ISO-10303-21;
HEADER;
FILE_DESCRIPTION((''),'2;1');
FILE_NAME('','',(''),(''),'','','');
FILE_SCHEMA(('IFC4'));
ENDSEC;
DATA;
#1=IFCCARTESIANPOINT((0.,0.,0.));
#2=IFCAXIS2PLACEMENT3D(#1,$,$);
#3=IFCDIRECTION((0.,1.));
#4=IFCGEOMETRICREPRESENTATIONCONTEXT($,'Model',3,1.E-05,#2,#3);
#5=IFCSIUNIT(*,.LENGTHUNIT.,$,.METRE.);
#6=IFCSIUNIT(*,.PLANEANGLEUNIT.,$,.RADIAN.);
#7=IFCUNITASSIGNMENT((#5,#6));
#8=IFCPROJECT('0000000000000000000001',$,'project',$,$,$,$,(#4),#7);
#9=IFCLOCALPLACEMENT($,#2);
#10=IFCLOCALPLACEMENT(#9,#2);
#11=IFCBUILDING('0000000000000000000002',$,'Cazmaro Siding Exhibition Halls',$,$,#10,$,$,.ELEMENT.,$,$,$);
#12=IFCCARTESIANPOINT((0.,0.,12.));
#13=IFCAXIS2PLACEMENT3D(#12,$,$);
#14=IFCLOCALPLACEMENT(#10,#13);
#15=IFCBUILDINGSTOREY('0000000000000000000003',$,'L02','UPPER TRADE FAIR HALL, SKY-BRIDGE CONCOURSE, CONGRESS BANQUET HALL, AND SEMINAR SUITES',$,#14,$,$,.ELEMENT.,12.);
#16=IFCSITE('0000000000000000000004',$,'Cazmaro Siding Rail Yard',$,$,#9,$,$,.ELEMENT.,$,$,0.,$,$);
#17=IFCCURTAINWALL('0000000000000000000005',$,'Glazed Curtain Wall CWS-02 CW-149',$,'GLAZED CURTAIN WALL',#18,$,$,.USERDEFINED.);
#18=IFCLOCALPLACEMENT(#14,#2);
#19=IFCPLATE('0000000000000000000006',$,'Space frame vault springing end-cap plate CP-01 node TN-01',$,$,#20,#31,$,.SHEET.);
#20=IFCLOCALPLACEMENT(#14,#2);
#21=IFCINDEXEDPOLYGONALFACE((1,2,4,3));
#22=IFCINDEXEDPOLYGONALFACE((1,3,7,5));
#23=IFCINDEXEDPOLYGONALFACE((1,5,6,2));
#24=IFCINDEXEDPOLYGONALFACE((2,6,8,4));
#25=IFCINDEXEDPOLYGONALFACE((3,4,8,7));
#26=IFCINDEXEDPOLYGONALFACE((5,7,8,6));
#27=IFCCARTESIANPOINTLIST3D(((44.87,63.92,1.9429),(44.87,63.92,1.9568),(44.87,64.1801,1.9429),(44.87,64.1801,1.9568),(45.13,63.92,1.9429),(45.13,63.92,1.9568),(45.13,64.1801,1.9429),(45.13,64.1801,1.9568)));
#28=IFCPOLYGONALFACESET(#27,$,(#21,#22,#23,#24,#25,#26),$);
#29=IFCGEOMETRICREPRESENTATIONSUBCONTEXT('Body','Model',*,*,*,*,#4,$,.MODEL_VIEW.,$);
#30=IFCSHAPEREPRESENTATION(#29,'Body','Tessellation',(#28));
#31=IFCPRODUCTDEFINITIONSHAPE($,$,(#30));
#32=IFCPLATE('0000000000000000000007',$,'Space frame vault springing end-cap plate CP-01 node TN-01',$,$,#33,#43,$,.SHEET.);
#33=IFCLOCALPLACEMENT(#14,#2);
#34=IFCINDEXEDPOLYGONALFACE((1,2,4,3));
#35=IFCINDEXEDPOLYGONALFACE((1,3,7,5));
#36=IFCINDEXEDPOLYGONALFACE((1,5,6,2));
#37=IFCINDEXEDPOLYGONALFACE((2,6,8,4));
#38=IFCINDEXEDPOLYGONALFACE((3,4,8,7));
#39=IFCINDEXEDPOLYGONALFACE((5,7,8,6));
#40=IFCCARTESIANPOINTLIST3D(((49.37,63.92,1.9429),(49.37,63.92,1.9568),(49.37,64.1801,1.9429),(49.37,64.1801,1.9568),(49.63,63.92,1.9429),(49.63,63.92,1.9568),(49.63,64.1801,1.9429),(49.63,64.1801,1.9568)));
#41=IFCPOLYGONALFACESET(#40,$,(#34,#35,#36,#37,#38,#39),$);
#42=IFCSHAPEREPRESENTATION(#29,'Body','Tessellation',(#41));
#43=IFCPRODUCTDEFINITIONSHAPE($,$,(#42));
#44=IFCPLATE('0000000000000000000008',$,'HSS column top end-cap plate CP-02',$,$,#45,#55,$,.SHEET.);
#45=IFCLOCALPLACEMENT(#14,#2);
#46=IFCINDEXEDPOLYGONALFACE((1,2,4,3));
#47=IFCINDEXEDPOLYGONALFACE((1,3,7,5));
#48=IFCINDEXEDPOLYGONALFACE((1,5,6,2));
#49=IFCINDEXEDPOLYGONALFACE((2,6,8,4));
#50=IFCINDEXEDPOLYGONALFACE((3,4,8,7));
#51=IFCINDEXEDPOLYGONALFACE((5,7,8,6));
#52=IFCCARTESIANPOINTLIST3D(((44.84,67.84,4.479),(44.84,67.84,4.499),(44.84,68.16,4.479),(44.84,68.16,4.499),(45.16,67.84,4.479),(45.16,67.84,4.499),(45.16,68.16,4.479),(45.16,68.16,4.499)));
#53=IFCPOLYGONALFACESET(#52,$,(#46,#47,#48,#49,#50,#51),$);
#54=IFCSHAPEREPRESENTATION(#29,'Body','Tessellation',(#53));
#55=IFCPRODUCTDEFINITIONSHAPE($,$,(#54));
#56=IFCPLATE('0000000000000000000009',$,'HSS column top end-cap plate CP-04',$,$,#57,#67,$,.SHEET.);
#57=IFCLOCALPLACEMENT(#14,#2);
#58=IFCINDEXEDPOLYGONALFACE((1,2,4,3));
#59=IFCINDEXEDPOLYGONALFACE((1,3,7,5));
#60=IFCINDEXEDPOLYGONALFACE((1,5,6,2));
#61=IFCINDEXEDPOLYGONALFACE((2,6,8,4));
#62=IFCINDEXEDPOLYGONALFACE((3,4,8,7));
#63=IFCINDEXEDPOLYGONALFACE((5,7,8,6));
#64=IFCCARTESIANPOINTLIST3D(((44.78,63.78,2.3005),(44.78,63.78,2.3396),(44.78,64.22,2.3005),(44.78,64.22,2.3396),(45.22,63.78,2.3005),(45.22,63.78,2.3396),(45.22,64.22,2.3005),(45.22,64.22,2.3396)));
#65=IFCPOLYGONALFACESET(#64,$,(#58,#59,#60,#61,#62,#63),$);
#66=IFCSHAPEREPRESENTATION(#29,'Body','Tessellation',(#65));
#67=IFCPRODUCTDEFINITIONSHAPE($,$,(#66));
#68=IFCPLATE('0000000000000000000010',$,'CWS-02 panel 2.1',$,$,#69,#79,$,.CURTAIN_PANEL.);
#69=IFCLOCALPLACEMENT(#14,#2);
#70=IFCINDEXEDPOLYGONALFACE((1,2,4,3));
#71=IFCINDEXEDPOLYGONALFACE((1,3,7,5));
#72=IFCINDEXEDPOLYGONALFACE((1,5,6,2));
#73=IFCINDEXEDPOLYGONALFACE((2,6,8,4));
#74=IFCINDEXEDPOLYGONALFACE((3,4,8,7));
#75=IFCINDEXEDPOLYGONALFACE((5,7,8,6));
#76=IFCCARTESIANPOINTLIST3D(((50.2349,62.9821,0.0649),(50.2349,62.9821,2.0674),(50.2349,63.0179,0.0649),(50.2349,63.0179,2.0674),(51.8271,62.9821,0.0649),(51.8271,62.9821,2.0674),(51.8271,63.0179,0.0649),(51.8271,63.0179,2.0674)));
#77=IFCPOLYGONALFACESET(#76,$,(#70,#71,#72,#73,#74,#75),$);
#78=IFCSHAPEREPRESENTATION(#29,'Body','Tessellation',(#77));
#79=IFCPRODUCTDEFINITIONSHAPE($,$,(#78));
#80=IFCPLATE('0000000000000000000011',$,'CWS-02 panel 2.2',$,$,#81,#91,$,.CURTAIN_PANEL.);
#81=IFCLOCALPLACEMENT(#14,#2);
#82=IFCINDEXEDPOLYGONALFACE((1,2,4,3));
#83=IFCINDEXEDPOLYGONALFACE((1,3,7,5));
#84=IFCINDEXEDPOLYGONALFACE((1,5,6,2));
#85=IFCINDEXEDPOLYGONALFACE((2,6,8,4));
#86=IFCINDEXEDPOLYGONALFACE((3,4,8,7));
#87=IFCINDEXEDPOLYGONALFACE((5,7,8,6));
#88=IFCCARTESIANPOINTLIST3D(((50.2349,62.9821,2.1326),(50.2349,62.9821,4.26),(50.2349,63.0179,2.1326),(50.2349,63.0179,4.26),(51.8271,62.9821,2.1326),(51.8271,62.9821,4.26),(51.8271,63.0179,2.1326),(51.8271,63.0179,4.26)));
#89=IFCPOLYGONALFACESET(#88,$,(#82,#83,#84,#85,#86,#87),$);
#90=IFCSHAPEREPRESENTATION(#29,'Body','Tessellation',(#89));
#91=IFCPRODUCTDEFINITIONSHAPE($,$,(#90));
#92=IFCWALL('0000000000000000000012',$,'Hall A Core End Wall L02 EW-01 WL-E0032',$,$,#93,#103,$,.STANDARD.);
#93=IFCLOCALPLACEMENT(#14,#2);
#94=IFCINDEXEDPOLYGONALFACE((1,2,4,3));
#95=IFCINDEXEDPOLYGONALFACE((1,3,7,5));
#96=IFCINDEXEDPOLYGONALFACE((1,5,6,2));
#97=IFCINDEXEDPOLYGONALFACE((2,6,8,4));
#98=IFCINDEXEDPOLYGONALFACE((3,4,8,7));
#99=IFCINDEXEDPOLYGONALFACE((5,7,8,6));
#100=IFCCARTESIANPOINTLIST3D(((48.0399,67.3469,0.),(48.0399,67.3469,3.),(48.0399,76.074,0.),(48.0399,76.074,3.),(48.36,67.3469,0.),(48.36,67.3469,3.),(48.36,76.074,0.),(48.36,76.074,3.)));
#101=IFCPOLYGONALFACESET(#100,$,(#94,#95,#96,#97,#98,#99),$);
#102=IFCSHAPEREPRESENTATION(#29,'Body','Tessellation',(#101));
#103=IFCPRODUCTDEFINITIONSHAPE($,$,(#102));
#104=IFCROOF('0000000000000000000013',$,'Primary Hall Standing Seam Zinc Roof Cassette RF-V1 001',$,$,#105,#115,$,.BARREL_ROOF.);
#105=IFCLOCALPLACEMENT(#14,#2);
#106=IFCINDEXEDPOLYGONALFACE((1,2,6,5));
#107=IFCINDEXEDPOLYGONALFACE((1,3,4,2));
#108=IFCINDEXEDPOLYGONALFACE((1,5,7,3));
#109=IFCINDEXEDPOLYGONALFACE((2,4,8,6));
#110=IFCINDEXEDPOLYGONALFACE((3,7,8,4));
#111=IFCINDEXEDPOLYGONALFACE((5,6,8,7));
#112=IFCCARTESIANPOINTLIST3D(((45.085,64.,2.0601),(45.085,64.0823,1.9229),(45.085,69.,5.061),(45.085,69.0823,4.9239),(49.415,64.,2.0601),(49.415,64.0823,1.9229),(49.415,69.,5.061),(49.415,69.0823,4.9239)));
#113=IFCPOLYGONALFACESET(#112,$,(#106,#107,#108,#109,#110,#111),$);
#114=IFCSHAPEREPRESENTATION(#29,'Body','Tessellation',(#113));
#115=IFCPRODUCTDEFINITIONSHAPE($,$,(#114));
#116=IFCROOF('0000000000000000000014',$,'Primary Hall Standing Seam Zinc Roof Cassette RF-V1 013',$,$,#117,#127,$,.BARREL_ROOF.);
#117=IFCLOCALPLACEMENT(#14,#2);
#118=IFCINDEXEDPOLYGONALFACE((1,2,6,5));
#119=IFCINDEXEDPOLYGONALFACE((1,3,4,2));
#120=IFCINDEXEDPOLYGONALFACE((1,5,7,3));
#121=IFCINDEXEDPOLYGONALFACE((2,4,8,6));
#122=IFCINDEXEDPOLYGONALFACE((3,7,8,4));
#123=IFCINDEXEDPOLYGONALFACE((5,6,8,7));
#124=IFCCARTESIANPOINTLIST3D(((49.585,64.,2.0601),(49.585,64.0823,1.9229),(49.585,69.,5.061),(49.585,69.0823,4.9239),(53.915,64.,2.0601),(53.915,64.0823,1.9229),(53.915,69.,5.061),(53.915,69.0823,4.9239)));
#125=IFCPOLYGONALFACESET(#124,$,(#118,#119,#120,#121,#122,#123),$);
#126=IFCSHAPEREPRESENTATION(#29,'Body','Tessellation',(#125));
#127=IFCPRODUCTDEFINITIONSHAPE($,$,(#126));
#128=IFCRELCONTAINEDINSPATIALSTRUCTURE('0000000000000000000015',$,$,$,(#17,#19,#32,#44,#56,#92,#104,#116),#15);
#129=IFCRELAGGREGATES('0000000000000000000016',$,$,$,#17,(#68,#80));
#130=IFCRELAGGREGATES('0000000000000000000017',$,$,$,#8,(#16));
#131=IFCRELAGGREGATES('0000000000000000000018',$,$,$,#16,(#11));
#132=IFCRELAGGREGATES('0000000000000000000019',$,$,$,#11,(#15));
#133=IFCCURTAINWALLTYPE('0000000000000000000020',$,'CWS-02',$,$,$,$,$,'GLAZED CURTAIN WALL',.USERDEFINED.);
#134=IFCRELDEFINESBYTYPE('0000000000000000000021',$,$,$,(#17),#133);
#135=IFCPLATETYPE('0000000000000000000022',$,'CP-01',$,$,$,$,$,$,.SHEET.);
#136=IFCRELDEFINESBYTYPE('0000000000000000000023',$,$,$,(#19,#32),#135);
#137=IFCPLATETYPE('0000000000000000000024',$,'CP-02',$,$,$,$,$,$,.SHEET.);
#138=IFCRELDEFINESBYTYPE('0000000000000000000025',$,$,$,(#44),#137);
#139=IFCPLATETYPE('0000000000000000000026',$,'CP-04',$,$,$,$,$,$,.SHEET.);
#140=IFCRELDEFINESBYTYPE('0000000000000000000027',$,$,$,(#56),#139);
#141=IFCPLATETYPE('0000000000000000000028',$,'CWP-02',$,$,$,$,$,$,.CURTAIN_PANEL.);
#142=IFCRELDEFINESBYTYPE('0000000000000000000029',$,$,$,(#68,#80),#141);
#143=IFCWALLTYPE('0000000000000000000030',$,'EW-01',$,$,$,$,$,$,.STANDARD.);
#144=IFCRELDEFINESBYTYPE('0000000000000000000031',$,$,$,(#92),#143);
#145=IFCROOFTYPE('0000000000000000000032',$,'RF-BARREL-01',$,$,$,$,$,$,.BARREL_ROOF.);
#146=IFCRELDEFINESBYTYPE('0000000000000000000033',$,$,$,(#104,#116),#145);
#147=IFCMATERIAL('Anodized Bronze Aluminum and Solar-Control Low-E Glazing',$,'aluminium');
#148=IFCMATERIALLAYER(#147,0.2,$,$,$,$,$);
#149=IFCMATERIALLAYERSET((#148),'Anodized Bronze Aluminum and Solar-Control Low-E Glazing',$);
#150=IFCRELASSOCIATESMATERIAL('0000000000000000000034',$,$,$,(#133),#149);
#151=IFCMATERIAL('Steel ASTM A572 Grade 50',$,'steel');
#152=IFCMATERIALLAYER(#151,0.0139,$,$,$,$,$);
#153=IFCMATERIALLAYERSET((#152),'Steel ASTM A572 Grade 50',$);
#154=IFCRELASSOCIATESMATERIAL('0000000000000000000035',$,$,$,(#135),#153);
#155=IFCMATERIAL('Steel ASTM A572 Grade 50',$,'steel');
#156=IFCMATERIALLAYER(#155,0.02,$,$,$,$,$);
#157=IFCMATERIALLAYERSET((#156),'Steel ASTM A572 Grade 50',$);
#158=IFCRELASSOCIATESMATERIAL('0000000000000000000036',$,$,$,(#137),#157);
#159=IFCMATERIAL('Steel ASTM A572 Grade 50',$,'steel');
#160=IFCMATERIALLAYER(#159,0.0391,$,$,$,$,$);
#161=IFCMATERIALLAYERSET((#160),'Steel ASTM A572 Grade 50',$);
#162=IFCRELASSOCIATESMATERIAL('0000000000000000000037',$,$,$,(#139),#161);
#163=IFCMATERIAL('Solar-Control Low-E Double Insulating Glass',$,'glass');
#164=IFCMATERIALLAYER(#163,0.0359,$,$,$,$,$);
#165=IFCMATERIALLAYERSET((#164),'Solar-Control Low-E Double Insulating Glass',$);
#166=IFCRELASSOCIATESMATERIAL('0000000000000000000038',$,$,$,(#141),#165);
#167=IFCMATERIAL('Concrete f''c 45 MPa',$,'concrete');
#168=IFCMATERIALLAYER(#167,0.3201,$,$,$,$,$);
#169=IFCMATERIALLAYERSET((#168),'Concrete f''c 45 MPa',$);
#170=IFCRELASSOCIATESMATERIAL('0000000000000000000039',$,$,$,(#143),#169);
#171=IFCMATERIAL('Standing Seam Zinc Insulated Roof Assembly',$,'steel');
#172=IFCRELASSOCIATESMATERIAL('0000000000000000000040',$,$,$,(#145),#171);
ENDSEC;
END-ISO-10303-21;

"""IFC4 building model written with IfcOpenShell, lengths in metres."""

from ifc_helpers import new_model, si_unit, direction, frame, frame_2d, origin, origin_2d, place, context, subcontext, project, spatial, polyline, rectangle, outline, extrude, material, layer, layer_set, type_object, element, aggregate, save


model = new_model("IFC4")

# Units and contexts
model_context = context("Model", 3, precision=1e-05, world=origin(), true_north=direction((0.0, 1.0)))
body_context = subcontext(model_context, "Body", "Model", "MODEL_VIEW")
ifc_project = project(units=[si_unit("LENGTHUNIT", "METRE"), si_unit("PLANEANGLEUNIT", "RADIAN")], contexts=[model_context])

# Site, building, storey
site_placement = place(None, origin())
site = spatial("IfcSite", under=ifc_project, at=site_placement, Name="Cazmaro Siding Rail Yard", CompositionType="ELEMENT", RefElevation=0.0)
building_placement = place(site_placement, origin())
building = spatial("IfcBuilding", under=site, at=building_placement, Name="Cazmaro Siding Exhibition Halls", CompositionType="ELEMENT")
storey_placement = place(building_placement, frame((0.0, 0.0, 12.0)))
storey = spatial("IfcBuildingStorey", under=building, at=storey_placement, Name="L02", Description="UPPER TRADE FAIR HALL, SKY-BRIDGE CONCOURSE, CONGRESS BANQUET HALL, AND SEMINAR SUITES", CompositionType="ELEMENT", Elevation=12.0)

# Curtain wall
ifc_material_1 = material(Name="Anodized Bronze Aluminum and Solar-Control Low-E Glazing", Category="aluminium")
ifc_layer_1 = layer(ifc_material_1, 0.2)
ifc_layer_set_1 = layer_set([ifc_layer_1], Name="Anodized Bronze Aluminum and Solar-Control Low-E Glazing")
curtain_wall_type = type_object("IfcCurtainWallType", Name="CWS-02", ElementType="GLAZED CURTAIN WALL", PredefinedType="USERDEFINED", material=ifc_layer_set_1)
curtain_wall_placement = place(storey_placement, origin())
curtain_wall = element("IfcCurtainWall", 1, at=curtain_wall_placement, inside=storey, type_object=curtain_wall_type, Name="Glazed Curtain Wall CWS-02 CW-149", ObjectType="GLAZED CURTAIN WALL", PredefinedType="USERDEFINED")

# Plates
ifc_material_2 = material(Name="Steel ASTM A572 Grade 50", Category="steel")
ifc_layer_2 = layer(ifc_material_2, 0.0139)
ifc_layer_set_2 = layer_set([ifc_layer_2], Name="Steel ASTM A572 Grade 50")
plate_type_1 = type_object("IfcPlateType", Name="CP-01", PredefinedType="SHEET", material=ifc_layer_set_2)
for number, where, z_axis, x_axis, name in (
    (2, (45.0, 64.05, 1.9429), (0.0, 0.0, 1.0), (1.0, 0.0, 0.0), "Space frame vault springing end-cap plate CP-01 node TN-01"),
    (3, (49.5, 64.05, 1.9429), (0.0, 0.0, 1.0), (1.0, 0.0, 0.0), "Space frame vault springing end-cap plate CP-01 node TN-01"),
):
    element("IfcPlate", number, at=place(storey_placement, frame(where, z_axis=z_axis, x_axis=x_axis)), inside=storey, type_object=plate_type_1, Name=name, PredefinedType="SHEET", context=body_context, shape_type="SweptSolid", body=[
        extrude(rectangle(XDim=0.26, YDim=0.26, at=origin_2d()), origin(), (0.0, 0.0, 1.0), 0.0139),
    ])
ifc_material_3 = material(Name="Steel ASTM A572 Grade 50", Category="steel")
ifc_layer_3 = layer(ifc_material_3, 0.02)
ifc_layer_set_3 = layer_set([ifc_layer_3], Name="Steel ASTM A572 Grade 50")
plate_type_2 = type_object("IfcPlateType", Name="CP-02", PredefinedType="SHEET", material=ifc_layer_set_3)
plate_1_placement = place(storey_placement, frame((45.0, 68.0, 4.479), z_axis=(0.0, 0.0, 1.0), x_axis=(1.0, 0.0, 0.0)))
element("IfcPlate", 4, at=plate_1_placement, inside=storey, type_object=plate_type_2, Name="HSS column top end-cap plate CP-02", PredefinedType="SHEET", context=body_context, shape_type="SweptSolid", body=[
    extrude(rectangle(XDim=0.3201, YDim=0.3201, at=origin_2d()), origin(), (0.0, 0.0, 1.0), 0.02),
])
ifc_material_4 = material(Name="Steel ASTM A572 Grade 50", Category="steel")
ifc_layer_4 = layer(ifc_material_4, 0.0391)
ifc_layer_set_4 = layer_set([ifc_layer_4], Name="Steel ASTM A572 Grade 50")
plate_type_3 = type_object("IfcPlateType", Name="CP-04", PredefinedType="SHEET", material=ifc_layer_set_4)
plate_2_placement = place(storey_placement, frame((45.0, 64.0, 2.3005), z_axis=(0.0, 0.0, 1.0), x_axis=(1.0, 0.0, 0.0)))
element("IfcPlate", 5, at=plate_2_placement, inside=storey, type_object=plate_type_3, Name="HSS column top end-cap plate CP-04", PredefinedType="SHEET", context=body_context, shape_type="SweptSolid", body=[
    extrude(rectangle(XDim=0.4399, YDim=0.4399, at=origin_2d()), origin(), (0.0, 0.0, 1.0), 0.0391),
])

# Plates
ifc_material_5 = material(Name="Solar-Control Low-E Double Insulating Glass", Category="glass")
ifc_layer_5 = layer(ifc_material_5, 0.0359)
ifc_layer_set_5 = layer_set([ifc_layer_5], Name="Solar-Control Low-E Double Insulating Glass")
plate_type_4 = type_object("IfcPlateType", Name="CWP-02", PredefinedType="CURTAIN_PANEL", material=ifc_layer_set_5)
plate_3_placement = place(storey_placement, frame((51.031, 63.0, 0.0649), z_axis=(0.0, 0.0, 1.0), x_axis=(-1.0, 0.0, 0.0)))
plate_3 = element("IfcPlate", 6, at=plate_3_placement, type_object=plate_type_4, Name="CWS-02 panel 2.1", PredefinedType="CURTAIN_PANEL", context=body_context, shape_type="SweptSolid", body=[
    extrude(rectangle(XDim=1.5923, YDim=0.0359, at=origin_2d()), origin(), (0.0, 0.0, 1.0), 2.0024),
])
plate_4_placement = place(storey_placement, frame((51.031, 63.0, 2.1326), z_axis=(0.0, 0.0, 1.0), x_axis=(-1.0, 0.0, 0.0)))
plate_4 = element("IfcPlate", 7, at=plate_4_placement, type_object=plate_type_4, Name="CWS-02 panel 2.2", PredefinedType="CURTAIN_PANEL", context=body_context, shape_type="SweptSolid", body=[
    extrude(rectangle(XDim=1.5923, YDim=0.0359, at=origin_2d()), origin(), (0.0, 0.0, 1.0), 2.1274),
])
aggregate(curtain_wall, [plate_3, plate_4])

# Wall
ifc_material_6 = material(Name="Concrete f'c 45 MPa", Category="concrete")
ifc_layer_6 = layer(ifc_material_6, 0.3201)
ifc_layer_set_6 = layer_set([ifc_layer_6], Name="Concrete f'c 45 MPa")
wall_type = type_object("IfcWallType", Name="EW-01", PredefinedType="STANDARD", material=ifc_layer_set_6)
wall_placement = place(storey_placement, frame((48.2, 67.3469, 0.0), z_axis=(0.0, 0.0, 1.0), x_axis=(0.0, 1.0, 0.0)))
element("IfcWall", 8, at=wall_placement, inside=storey, type_object=wall_type, Name="Hall A Core End Wall L02 EW-01 WL-E0032", PredefinedType="STANDARD", context=body_context, shape_type="SweptSolid", body=[
    extrude(rectangle(XDim=8.7271, YDim=0.3201, at=frame_2d((4.3635, 0.0))), origin(), (0.0, 0.0, 1.0), 3.0),
])

# Roofs
ifc_material_7 = material(Name="Standing Seam Zinc Insulated Roof Assembly", Category="steel")
roof_type = type_object("IfcRoofType", Name="RF-BARREL-01", PredefinedType="BARREL_ROOF", material=ifc_material_7)
for number, where, z_axis, x_axis, name in (
    (9, (45.085, 64.0, 2.0601), (0.0, -0.514619, 0.857419), (1.0, 0.0, 0.0), "Primary Hall Standing Seam Zinc Roof Cassette RF-V1 001"),
    (10, (49.585, 64.0, 2.0601), (0.0, -0.514619, 0.857419), (1.0, 0.0, 0.0), "Primary Hall Standing Seam Zinc Roof Cassette RF-V1 013"),
):
    element("IfcRoof", number, at=place(storey_placement, frame(where, z_axis=z_axis, x_axis=x_axis)), inside=storey, type_object=roof_type, Name=name, PredefinedType="BARREL_ROOF", context=body_context, shape_type="SweptSolid", body=[
        extrude(outline(polyline([(0.0, 0.0), (4.3301, 0.0), (4.3301, 5.8315), (0.0, 5.8315), (0.0, 0.0)])), origin(), (0.0, 0.0, -1.0), 0.1599),
    ])

save(model, "model.ifc")
